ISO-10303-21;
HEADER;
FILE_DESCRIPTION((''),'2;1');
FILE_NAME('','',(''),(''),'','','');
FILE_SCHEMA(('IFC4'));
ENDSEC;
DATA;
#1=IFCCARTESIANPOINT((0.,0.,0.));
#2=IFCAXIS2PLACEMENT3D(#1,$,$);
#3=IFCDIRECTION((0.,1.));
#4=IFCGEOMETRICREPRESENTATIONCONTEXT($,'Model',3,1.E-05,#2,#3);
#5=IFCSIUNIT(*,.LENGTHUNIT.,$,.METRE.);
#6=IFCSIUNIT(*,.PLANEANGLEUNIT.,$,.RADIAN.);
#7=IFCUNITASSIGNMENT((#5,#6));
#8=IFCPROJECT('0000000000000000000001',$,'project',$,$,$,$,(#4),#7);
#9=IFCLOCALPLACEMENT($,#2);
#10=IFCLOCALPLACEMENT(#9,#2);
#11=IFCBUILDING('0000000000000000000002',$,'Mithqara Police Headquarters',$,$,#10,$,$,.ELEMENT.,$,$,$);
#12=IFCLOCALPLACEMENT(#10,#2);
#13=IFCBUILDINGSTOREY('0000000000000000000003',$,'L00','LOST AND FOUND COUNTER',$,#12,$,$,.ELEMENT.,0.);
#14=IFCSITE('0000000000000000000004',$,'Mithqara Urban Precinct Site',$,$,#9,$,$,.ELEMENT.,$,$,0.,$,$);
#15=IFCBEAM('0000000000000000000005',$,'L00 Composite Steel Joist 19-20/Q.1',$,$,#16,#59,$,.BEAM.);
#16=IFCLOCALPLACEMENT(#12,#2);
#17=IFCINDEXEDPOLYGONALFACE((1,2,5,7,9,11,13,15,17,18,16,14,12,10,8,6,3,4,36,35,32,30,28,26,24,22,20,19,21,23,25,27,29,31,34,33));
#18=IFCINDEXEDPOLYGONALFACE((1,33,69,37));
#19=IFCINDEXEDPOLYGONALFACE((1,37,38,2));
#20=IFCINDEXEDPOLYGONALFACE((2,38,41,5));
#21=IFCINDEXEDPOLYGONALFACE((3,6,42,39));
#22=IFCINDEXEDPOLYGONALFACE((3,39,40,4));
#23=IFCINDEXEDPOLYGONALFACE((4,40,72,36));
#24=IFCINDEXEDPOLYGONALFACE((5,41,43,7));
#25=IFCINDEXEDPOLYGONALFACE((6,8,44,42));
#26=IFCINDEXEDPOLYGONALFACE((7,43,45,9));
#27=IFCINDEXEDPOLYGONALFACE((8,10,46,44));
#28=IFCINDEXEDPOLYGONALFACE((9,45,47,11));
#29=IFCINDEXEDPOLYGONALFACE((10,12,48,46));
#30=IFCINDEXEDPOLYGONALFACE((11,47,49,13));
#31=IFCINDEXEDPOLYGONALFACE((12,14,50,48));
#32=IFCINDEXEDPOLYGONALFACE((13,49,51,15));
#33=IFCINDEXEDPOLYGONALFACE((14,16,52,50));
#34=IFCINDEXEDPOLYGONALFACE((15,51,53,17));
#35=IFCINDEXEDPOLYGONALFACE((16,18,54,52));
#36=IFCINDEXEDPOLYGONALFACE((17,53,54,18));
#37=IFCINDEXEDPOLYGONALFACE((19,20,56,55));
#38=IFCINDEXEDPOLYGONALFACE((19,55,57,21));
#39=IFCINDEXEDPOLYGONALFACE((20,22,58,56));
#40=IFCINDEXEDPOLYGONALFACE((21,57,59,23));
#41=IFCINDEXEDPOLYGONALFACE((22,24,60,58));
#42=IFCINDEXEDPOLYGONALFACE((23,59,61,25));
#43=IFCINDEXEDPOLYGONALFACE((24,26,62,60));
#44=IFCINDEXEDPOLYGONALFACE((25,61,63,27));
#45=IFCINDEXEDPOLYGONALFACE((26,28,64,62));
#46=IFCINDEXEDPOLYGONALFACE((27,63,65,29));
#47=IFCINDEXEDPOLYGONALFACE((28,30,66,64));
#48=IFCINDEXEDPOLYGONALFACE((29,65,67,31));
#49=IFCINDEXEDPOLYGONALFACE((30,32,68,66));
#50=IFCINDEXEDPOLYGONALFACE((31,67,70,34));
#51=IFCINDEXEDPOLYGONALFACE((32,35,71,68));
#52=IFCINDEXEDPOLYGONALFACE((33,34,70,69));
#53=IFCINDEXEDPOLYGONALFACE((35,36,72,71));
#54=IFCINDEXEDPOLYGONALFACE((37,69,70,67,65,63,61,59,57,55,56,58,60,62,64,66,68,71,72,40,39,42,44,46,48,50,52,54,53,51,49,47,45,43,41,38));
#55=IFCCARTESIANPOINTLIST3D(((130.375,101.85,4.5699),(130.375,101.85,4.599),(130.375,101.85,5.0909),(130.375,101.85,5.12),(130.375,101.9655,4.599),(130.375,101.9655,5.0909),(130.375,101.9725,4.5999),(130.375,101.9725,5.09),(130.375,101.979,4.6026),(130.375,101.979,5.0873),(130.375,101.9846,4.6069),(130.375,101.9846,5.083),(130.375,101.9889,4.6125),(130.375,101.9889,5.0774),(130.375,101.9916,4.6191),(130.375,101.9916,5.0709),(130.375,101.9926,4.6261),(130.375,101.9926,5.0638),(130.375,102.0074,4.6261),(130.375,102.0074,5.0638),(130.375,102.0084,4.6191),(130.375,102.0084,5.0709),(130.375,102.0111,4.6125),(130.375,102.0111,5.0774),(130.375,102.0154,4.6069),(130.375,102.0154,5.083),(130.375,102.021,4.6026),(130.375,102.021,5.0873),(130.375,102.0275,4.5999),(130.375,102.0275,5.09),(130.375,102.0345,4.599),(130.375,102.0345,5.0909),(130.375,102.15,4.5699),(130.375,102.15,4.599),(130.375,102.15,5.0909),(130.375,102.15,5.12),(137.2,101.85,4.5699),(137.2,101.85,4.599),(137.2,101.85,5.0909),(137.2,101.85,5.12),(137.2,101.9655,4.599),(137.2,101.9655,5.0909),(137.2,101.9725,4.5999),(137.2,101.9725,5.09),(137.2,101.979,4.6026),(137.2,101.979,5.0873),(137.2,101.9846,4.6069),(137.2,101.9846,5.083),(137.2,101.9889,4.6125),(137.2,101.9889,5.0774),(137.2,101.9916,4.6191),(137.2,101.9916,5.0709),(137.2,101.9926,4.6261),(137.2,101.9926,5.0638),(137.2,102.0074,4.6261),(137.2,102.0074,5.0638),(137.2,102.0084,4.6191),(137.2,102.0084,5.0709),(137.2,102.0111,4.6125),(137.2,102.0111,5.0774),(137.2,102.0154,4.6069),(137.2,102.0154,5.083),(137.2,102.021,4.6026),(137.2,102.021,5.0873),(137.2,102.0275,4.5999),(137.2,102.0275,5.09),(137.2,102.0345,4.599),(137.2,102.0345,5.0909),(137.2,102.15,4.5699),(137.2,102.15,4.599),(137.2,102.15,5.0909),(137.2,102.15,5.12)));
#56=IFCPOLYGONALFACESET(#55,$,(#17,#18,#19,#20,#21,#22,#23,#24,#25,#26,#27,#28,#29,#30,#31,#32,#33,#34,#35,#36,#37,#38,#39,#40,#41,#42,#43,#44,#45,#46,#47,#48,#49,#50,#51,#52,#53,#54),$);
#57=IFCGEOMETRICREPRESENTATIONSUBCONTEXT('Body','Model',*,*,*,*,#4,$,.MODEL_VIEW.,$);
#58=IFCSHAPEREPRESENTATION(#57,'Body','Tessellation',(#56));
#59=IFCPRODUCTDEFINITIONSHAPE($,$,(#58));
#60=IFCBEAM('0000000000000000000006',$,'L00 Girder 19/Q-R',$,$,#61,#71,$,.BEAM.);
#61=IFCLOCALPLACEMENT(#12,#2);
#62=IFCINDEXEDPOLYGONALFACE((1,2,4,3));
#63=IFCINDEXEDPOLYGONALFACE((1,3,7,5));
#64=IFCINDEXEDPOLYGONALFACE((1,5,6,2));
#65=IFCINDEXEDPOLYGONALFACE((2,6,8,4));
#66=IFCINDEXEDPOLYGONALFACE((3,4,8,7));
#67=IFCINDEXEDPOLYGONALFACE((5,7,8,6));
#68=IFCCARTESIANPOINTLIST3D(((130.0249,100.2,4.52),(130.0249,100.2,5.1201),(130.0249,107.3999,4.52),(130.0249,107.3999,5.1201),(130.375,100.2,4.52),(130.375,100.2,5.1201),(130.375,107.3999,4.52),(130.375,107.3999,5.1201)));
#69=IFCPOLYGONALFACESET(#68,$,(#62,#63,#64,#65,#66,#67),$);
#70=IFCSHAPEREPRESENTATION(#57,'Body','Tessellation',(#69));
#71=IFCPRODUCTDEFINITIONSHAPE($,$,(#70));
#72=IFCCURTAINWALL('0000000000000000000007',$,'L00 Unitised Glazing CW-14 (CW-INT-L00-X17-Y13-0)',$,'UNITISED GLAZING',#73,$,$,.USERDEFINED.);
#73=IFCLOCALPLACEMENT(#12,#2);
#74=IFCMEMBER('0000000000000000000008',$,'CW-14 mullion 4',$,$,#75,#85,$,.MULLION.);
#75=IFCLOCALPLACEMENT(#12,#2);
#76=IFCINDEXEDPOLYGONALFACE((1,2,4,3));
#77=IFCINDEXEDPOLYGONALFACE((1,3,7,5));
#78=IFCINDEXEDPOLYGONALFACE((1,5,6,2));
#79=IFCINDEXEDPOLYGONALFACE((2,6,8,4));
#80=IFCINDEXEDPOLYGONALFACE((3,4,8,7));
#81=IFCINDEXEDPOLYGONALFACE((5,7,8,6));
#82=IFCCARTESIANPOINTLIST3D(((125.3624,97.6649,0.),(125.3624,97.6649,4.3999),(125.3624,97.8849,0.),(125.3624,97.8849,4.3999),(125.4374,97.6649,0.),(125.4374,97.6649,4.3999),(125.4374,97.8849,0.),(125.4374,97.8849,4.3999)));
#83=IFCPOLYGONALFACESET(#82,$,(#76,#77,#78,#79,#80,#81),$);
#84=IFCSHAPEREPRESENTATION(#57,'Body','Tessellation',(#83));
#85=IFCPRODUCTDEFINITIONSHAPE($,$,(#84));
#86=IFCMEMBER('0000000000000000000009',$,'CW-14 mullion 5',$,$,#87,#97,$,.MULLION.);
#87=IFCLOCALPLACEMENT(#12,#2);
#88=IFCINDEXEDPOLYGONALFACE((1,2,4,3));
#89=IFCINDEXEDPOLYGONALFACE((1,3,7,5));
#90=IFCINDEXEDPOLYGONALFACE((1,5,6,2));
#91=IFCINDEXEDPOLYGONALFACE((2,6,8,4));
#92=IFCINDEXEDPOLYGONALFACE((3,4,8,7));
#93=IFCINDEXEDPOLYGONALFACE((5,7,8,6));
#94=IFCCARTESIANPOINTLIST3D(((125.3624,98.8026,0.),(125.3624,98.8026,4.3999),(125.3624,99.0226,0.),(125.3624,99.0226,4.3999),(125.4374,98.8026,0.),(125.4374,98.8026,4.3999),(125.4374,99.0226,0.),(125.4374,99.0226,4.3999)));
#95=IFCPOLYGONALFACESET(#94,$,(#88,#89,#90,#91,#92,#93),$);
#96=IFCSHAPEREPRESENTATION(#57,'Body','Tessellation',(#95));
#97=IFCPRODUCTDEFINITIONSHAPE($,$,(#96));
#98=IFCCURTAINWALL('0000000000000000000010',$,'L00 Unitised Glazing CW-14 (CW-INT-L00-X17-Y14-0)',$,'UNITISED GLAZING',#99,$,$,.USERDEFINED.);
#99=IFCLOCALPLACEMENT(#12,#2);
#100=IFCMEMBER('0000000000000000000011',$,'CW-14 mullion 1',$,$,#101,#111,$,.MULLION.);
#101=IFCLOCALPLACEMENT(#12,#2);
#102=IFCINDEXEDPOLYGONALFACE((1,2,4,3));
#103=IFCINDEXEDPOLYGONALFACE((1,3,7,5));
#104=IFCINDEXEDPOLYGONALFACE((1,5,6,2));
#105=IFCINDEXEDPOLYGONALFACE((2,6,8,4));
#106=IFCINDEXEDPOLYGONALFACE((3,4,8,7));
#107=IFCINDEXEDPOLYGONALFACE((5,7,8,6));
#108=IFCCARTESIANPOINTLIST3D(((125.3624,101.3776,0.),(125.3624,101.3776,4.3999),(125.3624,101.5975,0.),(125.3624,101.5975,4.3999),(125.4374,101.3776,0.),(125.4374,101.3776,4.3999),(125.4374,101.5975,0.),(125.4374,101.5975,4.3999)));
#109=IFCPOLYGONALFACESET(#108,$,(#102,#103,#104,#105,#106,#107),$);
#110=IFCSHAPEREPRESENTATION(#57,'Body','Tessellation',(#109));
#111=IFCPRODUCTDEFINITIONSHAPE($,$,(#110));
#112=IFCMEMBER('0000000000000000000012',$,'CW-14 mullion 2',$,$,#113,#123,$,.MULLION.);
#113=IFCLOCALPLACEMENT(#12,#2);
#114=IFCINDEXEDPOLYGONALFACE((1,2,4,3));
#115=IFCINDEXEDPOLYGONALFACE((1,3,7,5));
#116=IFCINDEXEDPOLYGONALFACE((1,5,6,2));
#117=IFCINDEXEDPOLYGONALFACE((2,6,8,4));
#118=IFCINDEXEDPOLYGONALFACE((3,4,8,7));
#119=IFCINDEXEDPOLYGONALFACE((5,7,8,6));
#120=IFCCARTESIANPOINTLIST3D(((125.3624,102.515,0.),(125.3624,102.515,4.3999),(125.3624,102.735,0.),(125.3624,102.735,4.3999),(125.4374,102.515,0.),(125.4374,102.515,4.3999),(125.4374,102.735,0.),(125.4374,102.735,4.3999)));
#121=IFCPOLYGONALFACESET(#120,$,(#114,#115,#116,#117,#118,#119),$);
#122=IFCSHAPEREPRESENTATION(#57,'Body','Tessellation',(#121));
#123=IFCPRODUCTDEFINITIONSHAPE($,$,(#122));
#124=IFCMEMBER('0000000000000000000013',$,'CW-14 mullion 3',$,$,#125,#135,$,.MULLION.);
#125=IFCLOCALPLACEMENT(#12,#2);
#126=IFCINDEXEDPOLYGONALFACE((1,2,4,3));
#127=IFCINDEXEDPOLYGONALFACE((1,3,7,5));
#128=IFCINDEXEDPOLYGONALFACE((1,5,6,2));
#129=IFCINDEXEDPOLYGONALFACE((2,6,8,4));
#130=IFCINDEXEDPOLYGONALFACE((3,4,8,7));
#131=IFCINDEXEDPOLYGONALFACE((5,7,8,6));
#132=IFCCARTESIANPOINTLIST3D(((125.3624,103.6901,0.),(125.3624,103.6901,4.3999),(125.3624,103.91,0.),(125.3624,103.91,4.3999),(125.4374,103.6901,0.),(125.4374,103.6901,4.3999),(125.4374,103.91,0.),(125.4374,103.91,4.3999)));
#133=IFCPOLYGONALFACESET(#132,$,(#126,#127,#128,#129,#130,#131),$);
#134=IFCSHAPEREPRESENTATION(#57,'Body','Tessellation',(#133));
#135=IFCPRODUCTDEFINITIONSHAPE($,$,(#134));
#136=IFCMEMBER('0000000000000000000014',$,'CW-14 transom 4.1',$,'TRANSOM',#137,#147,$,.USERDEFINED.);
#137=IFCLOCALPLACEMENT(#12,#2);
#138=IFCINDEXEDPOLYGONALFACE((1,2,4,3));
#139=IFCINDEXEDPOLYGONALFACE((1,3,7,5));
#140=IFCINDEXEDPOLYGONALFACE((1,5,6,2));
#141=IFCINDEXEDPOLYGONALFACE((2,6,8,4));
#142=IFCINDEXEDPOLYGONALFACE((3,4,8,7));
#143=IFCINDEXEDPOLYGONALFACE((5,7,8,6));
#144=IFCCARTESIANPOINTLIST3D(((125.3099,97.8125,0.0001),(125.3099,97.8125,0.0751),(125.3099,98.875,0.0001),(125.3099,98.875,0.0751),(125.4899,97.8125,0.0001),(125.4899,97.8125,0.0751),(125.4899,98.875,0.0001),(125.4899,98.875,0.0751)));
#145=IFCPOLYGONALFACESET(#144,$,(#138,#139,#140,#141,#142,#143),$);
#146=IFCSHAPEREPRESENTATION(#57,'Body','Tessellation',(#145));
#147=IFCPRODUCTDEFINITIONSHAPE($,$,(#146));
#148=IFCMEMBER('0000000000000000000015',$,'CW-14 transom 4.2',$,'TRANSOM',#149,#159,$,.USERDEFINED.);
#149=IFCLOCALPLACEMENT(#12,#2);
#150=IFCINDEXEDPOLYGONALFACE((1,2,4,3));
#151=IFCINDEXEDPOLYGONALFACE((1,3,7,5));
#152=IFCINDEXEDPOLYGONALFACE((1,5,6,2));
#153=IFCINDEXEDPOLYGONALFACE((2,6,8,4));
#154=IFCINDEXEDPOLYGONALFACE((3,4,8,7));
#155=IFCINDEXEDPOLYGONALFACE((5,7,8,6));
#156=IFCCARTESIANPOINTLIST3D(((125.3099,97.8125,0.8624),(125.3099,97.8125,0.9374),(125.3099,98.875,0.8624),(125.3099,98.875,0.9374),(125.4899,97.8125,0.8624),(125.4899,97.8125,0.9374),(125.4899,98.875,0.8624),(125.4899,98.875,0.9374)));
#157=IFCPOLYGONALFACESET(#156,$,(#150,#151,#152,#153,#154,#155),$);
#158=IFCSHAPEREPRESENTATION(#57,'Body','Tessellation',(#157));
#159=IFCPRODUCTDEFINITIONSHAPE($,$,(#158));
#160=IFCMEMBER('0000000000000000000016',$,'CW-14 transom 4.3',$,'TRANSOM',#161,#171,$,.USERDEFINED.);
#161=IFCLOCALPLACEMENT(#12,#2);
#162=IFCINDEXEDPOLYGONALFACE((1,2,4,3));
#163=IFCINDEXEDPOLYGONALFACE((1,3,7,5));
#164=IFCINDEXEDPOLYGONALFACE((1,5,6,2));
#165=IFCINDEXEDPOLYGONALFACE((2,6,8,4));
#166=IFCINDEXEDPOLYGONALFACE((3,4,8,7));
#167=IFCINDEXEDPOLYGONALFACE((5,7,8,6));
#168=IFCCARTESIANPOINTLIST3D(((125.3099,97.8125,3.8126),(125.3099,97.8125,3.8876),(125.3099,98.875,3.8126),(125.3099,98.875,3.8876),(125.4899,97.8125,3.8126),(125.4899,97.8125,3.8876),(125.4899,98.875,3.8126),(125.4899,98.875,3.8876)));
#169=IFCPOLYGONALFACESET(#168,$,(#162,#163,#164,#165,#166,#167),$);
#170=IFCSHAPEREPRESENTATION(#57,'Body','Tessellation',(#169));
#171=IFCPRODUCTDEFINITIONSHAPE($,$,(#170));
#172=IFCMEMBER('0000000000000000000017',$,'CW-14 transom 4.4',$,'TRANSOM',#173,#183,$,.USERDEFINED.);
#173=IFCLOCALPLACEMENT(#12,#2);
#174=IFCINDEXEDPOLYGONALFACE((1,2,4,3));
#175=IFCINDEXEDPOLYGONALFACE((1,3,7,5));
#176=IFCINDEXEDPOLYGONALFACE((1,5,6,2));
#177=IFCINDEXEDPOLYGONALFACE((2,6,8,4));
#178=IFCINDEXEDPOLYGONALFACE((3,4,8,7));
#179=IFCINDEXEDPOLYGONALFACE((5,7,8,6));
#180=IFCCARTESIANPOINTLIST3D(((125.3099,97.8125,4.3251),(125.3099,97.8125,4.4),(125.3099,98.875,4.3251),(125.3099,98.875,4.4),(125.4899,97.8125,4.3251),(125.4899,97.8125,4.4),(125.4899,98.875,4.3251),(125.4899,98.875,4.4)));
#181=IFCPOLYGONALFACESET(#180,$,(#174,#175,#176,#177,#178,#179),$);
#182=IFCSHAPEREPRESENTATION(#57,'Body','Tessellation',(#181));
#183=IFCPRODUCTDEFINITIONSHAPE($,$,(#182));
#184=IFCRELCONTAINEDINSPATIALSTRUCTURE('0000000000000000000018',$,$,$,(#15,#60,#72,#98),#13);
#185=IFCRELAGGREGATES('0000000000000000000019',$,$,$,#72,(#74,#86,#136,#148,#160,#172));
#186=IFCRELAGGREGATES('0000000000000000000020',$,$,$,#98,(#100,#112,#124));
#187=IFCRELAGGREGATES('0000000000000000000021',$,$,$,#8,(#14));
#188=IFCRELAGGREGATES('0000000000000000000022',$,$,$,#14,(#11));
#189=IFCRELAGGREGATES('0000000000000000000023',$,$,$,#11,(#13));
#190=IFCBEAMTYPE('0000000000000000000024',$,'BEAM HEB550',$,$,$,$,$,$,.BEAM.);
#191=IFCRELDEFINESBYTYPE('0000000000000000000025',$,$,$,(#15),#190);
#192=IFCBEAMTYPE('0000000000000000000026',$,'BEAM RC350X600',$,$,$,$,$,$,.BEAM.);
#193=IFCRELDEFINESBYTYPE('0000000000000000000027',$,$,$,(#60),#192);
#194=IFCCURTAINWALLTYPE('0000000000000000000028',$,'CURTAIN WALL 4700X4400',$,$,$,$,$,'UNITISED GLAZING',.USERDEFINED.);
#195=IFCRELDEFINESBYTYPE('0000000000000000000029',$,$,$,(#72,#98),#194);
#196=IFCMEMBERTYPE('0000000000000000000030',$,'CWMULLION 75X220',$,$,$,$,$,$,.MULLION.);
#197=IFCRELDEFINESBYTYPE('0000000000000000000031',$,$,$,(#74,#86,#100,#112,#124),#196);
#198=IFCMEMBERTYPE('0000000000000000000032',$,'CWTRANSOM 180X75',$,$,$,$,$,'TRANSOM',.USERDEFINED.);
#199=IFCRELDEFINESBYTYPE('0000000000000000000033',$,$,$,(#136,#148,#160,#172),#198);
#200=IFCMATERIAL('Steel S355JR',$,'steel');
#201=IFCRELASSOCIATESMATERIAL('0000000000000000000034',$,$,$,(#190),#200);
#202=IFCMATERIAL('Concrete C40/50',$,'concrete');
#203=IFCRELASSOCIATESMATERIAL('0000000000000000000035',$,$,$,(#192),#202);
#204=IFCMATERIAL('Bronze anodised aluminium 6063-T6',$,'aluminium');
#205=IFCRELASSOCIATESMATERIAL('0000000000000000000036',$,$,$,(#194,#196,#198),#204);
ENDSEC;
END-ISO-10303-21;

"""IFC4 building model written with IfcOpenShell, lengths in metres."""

from ifc_helpers import new_model, si_unit, direction, frame, origin, origin_2d, place, context, subcontext, project, spatial, rectangle, i_section, extrude, material, material_profile, profile_set, type_object, element, aggregate, save


model = new_model("IFC4")

# Units and contexts
model_context = context("Model", 3, precision=1e-05, world=origin(), true_north=direction((0.0, 1.0)))
body_context = subcontext(model_context, "Body", "Model", "MODEL_VIEW")
ifc_project = project(units=[si_unit("LENGTHUNIT", "METRE"), si_unit("PLANEANGLEUNIT", "RADIAN")], contexts=[model_context])

# Site, building, storey
site_placement = place(None, origin())
site = spatial("IfcSite", under=ifc_project, at=site_placement, Name="Mithqara Urban Precinct Site", CompositionType="ELEMENT", RefElevation=0.0)
building_placement = place(site_placement, origin())
building = spatial("IfcBuilding", under=site, at=building_placement, Name="Mithqara Police Headquarters", CompositionType="ELEMENT")
storey_placement = place(building_placement, origin())
storey = spatial("IfcBuildingStorey", under=building, at=storey_placement, Name="L00", Description="LOST AND FOUND COUNTER", CompositionType="ELEMENT", Elevation=0.0)

# Beams
ifc_material_1 = material(Name="Steel S355JR", Category="steel")
ifc_material_profile_1 = material_profile(ifc_material_1, i_section(OverallWidth=0.3, OverallDepth=0.55, WebThickness=0.0149, FlangeThickness=0.0291, FilletRadius=0.0271, at=origin_2d()), Name="HEB 550")
ifc_profile_set_1 = profile_set([ifc_material_profile_1], Name="Steel S355JR")
beam_type_1 = type_object("IfcBeamType", Name="BEAM HEB550", PredefinedType="BEAM", material=ifc_profile_set_1)
beam_1_placement = place(storey_placement, frame((130.375, 102.0, 4.845), z_axis=(1.0, 0.0, 0.0), x_axis=(0.0, 1.0, 0.0)))
element("IfcBeam", 1, at=beam_1_placement, inside=storey, type_object=beam_type_1, Name="L00 Composite Steel Joist 19-20/Q.1", PredefinedType="BEAM", context=body_context, shape_type="SweptSolid", body=[
    extrude(i_section(OverallWidth=0.3, OverallDepth=0.55, WebThickness=0.0149, FlangeThickness=0.0291, FilletRadius=0.0271, at=origin_2d()), origin(), (0.0, 0.0, 1.0), 6.825),
])
ifc_material_2 = material(Name="Concrete C40/50", Category="concrete")
ifc_material_profile_2 = material_profile(ifc_material_2, rectangle(XDim=0.3501, YDim=0.6001, at=origin_2d()), Name="RC 350x600")
ifc_profile_set_2 = profile_set([ifc_material_profile_2], Name="Concrete C40/50")
beam_type_2 = type_object("IfcBeamType", Name="BEAM RC350X600", PredefinedType="BEAM", material=ifc_profile_set_2)
beam_2_placement = place(storey_placement, frame((130.2, 100.2, 4.8201), z_axis=(0.0, 1.0, 0.0), x_axis=(-1.0, 0.0, 0.0)))
element("IfcBeam", 2, at=beam_2_placement, inside=storey, type_object=beam_type_2, Name="L00 Girder 19/Q-R", PredefinedType="BEAM", context=body_context, shape_type="SweptSolid", body=[
    extrude(rectangle(XDim=0.3501, YDim=0.6001, at=origin_2d()), origin(), (0.0, 0.0, 1.0), 7.2),
])

# Curtain walls, members
ifc_material_3 = material(Name="Bronze anodised aluminium 6063-T6", Category="aluminium")
curtain_wall_type = type_object("IfcCurtainWallType", Name="CURTAIN WALL 4700X4400", ElementType="UNITISED GLAZING", PredefinedType="USERDEFINED", material=ifc_material_3)
curtain_wall_1_placement = place(storey_placement, origin())
curtain_wall_1 = element("IfcCurtainWall", 3, at=curtain_wall_1_placement, inside=storey, type_object=curtain_wall_type, Name="L00 Unitised Glazing CW-14 (CW-INT-L00-X17-Y13-0)", ObjectType="UNITISED GLAZING", PredefinedType="USERDEFINED")
ifc_material_profile_3 = material_profile(ifc_material_3, rectangle(XDim=0.075, YDim=0.22, at=origin_2d()), Name="CWM 75x220")
ifc_profile_set_3 = profile_set([ifc_material_profile_3], Name="Bronze anodised aluminium 6063-T6")
member_type_1 = type_object("IfcMemberType", Name="CWMULLION 75X220", PredefinedType="MULLION", material=ifc_profile_set_3)
member_1_placement = place(storey_placement, frame((125.3999, 97.7749, 0.0), z_axis=(0.0, 0.0, 1.0), x_axis=(-1.0, 0.0, 0.0)))
member_1 = element("IfcMember", 4, at=member_1_placement, type_object=member_type_1, Name="CW-14 mullion 4", PredefinedType="MULLION", context=body_context, shape_type="SweptSolid", body=[
    extrude(rectangle(XDim=0.075, YDim=0.22, at=origin_2d()), origin(), (0.0, 0.0, 1.0), 4.3999),
])
member_2_placement = place(storey_placement, frame((125.3999, 98.9126, 0.0), z_axis=(0.0, 0.0, 1.0), x_axis=(-1.0, 0.0, 0.0)))
member_2 = element("IfcMember", 5, at=member_2_placement, type_object=member_type_1, Name="CW-14 mullion 5", PredefinedType="MULLION", context=body_context, shape_type="SweptSolid", body=[
    extrude(rectangle(XDim=0.075, YDim=0.22, at=origin_2d()), origin(), (0.0, 0.0, 1.0), 4.3999),
])
curtain_wall_2_placement = place(storey_placement, origin())
curtain_wall_2 = element("IfcCurtainWall", 6, at=curtain_wall_2_placement, inside=storey, type_object=curtain_wall_type, Name="L00 Unitised Glazing CW-14 (CW-INT-L00-X17-Y14-0)", ObjectType="UNITISED GLAZING", PredefinedType="USERDEFINED")
member_3_placement = place(storey_placement, frame((125.3999, 101.4875, 0.0), z_axis=(0.0, 0.0, 1.0), x_axis=(-1.0, 0.0, 0.0)))
member_3 = element("IfcMember", 7, at=member_3_placement, type_object=member_type_1, Name="CW-14 mullion 1", PredefinedType="MULLION", context=body_context, shape_type="SweptSolid", body=[
    extrude(rectangle(XDim=0.075, YDim=0.22, at=origin_2d()), origin(), (0.0, 0.0, 1.0), 4.3999),
])
member_4_placement = place(storey_placement, frame((125.3999, 102.625, 0.0), z_axis=(0.0, 0.0, 1.0), x_axis=(-1.0, 0.0, 0.0)))
member_4 = element("IfcMember", 8, at=member_4_placement, type_object=member_type_1, Name="CW-14 mullion 2", PredefinedType="MULLION", context=body_context, shape_type="SweptSolid", body=[
    extrude(rectangle(XDim=0.075, YDim=0.22, at=origin_2d()), origin(), (0.0, 0.0, 1.0), 4.3999),
])
member_5_placement = place(storey_placement, frame((125.3999, 103.8, 0.0), z_axis=(0.0, 0.0, 1.0), x_axis=(-1.0, 0.0, 0.0)))
member_5 = element("IfcMember", 9, at=member_5_placement, type_object=member_type_1, Name="CW-14 mullion 3", PredefinedType="MULLION", context=body_context, shape_type="SweptSolid", body=[
    extrude(rectangle(XDim=0.075, YDim=0.22, at=origin_2d()), origin(), (0.0, 0.0, 1.0), 4.3999),
])

# Members
ifc_material_profile_4 = material_profile(ifc_material_3, rectangle(XDim=0.1799, YDim=0.075, at=origin_2d()), Name="CWT 180x75")
ifc_profile_set_4 = profile_set([ifc_material_profile_4], Name="Bronze anodised aluminium 6063-T6")
member_type_2 = type_object("IfcMemberType", Name="CWTRANSOM 180X75", ElementType="TRANSOM", PredefinedType="USERDEFINED", material=ifc_profile_set_4)
member_6_placement = place(storey_placement, frame((125.3999, 97.8125, 0.0376), z_axis=(0.0, 1.0, 0.0), x_axis=(-1.0, 0.0, 0.0)))
member_6 = element("IfcMember", 10, at=member_6_placement, type_object=member_type_2, Name="CW-14 transom 4.1", ObjectType="TRANSOM", PredefinedType="USERDEFINED", context=body_context, shape_type="SweptSolid", body=[
    extrude(rectangle(XDim=0.1799, YDim=0.075, at=origin_2d()), origin(), (0.0, 0.0, 1.0), 1.0625),
])
member_7_placement = place(storey_placement, frame((125.3999, 97.8125, 0.8999), z_axis=(0.0, 1.0, 0.0), x_axis=(-1.0, 0.0, 0.0)))
member_7 = element("IfcMember", 11, at=member_7_placement, type_object=member_type_2, Name="CW-14 transom 4.2", ObjectType="TRANSOM", PredefinedType="USERDEFINED", context=body_context, shape_type="SweptSolid", body=[
    extrude(rectangle(XDim=0.1799, YDim=0.075, at=origin_2d()), origin(), (0.0, 0.0, 1.0), 1.0625),
])
member_8_placement = place(storey_placement, frame((125.3999, 97.8125, 3.8501), z_axis=(0.0, 1.0, 0.0), x_axis=(-1.0, 0.0, 0.0)))
member_8 = element("IfcMember", 12, at=member_8_placement, type_object=member_type_2, Name="CW-14 transom 4.3", ObjectType="TRANSOM", PredefinedType="USERDEFINED", context=body_context, shape_type="SweptSolid", body=[
    extrude(rectangle(XDim=0.1799, YDim=0.075, at=origin_2d()), origin(), (0.0, 0.0, 1.0), 1.0625),
])
member_9_placement = place(storey_placement, frame((125.3999, 97.8125, 4.3625), z_axis=(0.0, 1.0, 0.0), x_axis=(-1.0, 0.0, 0.0)))
member_9 = element("IfcMember", 13, at=member_9_placement, type_object=member_type_2, Name="CW-14 transom 4.4", ObjectType="TRANSOM", PredefinedType="USERDEFINED", context=body_context, shape_type="SweptSolid", body=[
    extrude(rectangle(XDim=0.1799, YDim=0.075, at=origin_2d()), origin(), (0.0, 0.0, 1.0), 1.0625),
])

aggregate(curtain_wall_1, [member_1, member_2, member_6, member_7, member_8, member_9])
aggregate(curtain_wall_2, [member_3, member_4, member_5])

save(model, "model.ifc")
